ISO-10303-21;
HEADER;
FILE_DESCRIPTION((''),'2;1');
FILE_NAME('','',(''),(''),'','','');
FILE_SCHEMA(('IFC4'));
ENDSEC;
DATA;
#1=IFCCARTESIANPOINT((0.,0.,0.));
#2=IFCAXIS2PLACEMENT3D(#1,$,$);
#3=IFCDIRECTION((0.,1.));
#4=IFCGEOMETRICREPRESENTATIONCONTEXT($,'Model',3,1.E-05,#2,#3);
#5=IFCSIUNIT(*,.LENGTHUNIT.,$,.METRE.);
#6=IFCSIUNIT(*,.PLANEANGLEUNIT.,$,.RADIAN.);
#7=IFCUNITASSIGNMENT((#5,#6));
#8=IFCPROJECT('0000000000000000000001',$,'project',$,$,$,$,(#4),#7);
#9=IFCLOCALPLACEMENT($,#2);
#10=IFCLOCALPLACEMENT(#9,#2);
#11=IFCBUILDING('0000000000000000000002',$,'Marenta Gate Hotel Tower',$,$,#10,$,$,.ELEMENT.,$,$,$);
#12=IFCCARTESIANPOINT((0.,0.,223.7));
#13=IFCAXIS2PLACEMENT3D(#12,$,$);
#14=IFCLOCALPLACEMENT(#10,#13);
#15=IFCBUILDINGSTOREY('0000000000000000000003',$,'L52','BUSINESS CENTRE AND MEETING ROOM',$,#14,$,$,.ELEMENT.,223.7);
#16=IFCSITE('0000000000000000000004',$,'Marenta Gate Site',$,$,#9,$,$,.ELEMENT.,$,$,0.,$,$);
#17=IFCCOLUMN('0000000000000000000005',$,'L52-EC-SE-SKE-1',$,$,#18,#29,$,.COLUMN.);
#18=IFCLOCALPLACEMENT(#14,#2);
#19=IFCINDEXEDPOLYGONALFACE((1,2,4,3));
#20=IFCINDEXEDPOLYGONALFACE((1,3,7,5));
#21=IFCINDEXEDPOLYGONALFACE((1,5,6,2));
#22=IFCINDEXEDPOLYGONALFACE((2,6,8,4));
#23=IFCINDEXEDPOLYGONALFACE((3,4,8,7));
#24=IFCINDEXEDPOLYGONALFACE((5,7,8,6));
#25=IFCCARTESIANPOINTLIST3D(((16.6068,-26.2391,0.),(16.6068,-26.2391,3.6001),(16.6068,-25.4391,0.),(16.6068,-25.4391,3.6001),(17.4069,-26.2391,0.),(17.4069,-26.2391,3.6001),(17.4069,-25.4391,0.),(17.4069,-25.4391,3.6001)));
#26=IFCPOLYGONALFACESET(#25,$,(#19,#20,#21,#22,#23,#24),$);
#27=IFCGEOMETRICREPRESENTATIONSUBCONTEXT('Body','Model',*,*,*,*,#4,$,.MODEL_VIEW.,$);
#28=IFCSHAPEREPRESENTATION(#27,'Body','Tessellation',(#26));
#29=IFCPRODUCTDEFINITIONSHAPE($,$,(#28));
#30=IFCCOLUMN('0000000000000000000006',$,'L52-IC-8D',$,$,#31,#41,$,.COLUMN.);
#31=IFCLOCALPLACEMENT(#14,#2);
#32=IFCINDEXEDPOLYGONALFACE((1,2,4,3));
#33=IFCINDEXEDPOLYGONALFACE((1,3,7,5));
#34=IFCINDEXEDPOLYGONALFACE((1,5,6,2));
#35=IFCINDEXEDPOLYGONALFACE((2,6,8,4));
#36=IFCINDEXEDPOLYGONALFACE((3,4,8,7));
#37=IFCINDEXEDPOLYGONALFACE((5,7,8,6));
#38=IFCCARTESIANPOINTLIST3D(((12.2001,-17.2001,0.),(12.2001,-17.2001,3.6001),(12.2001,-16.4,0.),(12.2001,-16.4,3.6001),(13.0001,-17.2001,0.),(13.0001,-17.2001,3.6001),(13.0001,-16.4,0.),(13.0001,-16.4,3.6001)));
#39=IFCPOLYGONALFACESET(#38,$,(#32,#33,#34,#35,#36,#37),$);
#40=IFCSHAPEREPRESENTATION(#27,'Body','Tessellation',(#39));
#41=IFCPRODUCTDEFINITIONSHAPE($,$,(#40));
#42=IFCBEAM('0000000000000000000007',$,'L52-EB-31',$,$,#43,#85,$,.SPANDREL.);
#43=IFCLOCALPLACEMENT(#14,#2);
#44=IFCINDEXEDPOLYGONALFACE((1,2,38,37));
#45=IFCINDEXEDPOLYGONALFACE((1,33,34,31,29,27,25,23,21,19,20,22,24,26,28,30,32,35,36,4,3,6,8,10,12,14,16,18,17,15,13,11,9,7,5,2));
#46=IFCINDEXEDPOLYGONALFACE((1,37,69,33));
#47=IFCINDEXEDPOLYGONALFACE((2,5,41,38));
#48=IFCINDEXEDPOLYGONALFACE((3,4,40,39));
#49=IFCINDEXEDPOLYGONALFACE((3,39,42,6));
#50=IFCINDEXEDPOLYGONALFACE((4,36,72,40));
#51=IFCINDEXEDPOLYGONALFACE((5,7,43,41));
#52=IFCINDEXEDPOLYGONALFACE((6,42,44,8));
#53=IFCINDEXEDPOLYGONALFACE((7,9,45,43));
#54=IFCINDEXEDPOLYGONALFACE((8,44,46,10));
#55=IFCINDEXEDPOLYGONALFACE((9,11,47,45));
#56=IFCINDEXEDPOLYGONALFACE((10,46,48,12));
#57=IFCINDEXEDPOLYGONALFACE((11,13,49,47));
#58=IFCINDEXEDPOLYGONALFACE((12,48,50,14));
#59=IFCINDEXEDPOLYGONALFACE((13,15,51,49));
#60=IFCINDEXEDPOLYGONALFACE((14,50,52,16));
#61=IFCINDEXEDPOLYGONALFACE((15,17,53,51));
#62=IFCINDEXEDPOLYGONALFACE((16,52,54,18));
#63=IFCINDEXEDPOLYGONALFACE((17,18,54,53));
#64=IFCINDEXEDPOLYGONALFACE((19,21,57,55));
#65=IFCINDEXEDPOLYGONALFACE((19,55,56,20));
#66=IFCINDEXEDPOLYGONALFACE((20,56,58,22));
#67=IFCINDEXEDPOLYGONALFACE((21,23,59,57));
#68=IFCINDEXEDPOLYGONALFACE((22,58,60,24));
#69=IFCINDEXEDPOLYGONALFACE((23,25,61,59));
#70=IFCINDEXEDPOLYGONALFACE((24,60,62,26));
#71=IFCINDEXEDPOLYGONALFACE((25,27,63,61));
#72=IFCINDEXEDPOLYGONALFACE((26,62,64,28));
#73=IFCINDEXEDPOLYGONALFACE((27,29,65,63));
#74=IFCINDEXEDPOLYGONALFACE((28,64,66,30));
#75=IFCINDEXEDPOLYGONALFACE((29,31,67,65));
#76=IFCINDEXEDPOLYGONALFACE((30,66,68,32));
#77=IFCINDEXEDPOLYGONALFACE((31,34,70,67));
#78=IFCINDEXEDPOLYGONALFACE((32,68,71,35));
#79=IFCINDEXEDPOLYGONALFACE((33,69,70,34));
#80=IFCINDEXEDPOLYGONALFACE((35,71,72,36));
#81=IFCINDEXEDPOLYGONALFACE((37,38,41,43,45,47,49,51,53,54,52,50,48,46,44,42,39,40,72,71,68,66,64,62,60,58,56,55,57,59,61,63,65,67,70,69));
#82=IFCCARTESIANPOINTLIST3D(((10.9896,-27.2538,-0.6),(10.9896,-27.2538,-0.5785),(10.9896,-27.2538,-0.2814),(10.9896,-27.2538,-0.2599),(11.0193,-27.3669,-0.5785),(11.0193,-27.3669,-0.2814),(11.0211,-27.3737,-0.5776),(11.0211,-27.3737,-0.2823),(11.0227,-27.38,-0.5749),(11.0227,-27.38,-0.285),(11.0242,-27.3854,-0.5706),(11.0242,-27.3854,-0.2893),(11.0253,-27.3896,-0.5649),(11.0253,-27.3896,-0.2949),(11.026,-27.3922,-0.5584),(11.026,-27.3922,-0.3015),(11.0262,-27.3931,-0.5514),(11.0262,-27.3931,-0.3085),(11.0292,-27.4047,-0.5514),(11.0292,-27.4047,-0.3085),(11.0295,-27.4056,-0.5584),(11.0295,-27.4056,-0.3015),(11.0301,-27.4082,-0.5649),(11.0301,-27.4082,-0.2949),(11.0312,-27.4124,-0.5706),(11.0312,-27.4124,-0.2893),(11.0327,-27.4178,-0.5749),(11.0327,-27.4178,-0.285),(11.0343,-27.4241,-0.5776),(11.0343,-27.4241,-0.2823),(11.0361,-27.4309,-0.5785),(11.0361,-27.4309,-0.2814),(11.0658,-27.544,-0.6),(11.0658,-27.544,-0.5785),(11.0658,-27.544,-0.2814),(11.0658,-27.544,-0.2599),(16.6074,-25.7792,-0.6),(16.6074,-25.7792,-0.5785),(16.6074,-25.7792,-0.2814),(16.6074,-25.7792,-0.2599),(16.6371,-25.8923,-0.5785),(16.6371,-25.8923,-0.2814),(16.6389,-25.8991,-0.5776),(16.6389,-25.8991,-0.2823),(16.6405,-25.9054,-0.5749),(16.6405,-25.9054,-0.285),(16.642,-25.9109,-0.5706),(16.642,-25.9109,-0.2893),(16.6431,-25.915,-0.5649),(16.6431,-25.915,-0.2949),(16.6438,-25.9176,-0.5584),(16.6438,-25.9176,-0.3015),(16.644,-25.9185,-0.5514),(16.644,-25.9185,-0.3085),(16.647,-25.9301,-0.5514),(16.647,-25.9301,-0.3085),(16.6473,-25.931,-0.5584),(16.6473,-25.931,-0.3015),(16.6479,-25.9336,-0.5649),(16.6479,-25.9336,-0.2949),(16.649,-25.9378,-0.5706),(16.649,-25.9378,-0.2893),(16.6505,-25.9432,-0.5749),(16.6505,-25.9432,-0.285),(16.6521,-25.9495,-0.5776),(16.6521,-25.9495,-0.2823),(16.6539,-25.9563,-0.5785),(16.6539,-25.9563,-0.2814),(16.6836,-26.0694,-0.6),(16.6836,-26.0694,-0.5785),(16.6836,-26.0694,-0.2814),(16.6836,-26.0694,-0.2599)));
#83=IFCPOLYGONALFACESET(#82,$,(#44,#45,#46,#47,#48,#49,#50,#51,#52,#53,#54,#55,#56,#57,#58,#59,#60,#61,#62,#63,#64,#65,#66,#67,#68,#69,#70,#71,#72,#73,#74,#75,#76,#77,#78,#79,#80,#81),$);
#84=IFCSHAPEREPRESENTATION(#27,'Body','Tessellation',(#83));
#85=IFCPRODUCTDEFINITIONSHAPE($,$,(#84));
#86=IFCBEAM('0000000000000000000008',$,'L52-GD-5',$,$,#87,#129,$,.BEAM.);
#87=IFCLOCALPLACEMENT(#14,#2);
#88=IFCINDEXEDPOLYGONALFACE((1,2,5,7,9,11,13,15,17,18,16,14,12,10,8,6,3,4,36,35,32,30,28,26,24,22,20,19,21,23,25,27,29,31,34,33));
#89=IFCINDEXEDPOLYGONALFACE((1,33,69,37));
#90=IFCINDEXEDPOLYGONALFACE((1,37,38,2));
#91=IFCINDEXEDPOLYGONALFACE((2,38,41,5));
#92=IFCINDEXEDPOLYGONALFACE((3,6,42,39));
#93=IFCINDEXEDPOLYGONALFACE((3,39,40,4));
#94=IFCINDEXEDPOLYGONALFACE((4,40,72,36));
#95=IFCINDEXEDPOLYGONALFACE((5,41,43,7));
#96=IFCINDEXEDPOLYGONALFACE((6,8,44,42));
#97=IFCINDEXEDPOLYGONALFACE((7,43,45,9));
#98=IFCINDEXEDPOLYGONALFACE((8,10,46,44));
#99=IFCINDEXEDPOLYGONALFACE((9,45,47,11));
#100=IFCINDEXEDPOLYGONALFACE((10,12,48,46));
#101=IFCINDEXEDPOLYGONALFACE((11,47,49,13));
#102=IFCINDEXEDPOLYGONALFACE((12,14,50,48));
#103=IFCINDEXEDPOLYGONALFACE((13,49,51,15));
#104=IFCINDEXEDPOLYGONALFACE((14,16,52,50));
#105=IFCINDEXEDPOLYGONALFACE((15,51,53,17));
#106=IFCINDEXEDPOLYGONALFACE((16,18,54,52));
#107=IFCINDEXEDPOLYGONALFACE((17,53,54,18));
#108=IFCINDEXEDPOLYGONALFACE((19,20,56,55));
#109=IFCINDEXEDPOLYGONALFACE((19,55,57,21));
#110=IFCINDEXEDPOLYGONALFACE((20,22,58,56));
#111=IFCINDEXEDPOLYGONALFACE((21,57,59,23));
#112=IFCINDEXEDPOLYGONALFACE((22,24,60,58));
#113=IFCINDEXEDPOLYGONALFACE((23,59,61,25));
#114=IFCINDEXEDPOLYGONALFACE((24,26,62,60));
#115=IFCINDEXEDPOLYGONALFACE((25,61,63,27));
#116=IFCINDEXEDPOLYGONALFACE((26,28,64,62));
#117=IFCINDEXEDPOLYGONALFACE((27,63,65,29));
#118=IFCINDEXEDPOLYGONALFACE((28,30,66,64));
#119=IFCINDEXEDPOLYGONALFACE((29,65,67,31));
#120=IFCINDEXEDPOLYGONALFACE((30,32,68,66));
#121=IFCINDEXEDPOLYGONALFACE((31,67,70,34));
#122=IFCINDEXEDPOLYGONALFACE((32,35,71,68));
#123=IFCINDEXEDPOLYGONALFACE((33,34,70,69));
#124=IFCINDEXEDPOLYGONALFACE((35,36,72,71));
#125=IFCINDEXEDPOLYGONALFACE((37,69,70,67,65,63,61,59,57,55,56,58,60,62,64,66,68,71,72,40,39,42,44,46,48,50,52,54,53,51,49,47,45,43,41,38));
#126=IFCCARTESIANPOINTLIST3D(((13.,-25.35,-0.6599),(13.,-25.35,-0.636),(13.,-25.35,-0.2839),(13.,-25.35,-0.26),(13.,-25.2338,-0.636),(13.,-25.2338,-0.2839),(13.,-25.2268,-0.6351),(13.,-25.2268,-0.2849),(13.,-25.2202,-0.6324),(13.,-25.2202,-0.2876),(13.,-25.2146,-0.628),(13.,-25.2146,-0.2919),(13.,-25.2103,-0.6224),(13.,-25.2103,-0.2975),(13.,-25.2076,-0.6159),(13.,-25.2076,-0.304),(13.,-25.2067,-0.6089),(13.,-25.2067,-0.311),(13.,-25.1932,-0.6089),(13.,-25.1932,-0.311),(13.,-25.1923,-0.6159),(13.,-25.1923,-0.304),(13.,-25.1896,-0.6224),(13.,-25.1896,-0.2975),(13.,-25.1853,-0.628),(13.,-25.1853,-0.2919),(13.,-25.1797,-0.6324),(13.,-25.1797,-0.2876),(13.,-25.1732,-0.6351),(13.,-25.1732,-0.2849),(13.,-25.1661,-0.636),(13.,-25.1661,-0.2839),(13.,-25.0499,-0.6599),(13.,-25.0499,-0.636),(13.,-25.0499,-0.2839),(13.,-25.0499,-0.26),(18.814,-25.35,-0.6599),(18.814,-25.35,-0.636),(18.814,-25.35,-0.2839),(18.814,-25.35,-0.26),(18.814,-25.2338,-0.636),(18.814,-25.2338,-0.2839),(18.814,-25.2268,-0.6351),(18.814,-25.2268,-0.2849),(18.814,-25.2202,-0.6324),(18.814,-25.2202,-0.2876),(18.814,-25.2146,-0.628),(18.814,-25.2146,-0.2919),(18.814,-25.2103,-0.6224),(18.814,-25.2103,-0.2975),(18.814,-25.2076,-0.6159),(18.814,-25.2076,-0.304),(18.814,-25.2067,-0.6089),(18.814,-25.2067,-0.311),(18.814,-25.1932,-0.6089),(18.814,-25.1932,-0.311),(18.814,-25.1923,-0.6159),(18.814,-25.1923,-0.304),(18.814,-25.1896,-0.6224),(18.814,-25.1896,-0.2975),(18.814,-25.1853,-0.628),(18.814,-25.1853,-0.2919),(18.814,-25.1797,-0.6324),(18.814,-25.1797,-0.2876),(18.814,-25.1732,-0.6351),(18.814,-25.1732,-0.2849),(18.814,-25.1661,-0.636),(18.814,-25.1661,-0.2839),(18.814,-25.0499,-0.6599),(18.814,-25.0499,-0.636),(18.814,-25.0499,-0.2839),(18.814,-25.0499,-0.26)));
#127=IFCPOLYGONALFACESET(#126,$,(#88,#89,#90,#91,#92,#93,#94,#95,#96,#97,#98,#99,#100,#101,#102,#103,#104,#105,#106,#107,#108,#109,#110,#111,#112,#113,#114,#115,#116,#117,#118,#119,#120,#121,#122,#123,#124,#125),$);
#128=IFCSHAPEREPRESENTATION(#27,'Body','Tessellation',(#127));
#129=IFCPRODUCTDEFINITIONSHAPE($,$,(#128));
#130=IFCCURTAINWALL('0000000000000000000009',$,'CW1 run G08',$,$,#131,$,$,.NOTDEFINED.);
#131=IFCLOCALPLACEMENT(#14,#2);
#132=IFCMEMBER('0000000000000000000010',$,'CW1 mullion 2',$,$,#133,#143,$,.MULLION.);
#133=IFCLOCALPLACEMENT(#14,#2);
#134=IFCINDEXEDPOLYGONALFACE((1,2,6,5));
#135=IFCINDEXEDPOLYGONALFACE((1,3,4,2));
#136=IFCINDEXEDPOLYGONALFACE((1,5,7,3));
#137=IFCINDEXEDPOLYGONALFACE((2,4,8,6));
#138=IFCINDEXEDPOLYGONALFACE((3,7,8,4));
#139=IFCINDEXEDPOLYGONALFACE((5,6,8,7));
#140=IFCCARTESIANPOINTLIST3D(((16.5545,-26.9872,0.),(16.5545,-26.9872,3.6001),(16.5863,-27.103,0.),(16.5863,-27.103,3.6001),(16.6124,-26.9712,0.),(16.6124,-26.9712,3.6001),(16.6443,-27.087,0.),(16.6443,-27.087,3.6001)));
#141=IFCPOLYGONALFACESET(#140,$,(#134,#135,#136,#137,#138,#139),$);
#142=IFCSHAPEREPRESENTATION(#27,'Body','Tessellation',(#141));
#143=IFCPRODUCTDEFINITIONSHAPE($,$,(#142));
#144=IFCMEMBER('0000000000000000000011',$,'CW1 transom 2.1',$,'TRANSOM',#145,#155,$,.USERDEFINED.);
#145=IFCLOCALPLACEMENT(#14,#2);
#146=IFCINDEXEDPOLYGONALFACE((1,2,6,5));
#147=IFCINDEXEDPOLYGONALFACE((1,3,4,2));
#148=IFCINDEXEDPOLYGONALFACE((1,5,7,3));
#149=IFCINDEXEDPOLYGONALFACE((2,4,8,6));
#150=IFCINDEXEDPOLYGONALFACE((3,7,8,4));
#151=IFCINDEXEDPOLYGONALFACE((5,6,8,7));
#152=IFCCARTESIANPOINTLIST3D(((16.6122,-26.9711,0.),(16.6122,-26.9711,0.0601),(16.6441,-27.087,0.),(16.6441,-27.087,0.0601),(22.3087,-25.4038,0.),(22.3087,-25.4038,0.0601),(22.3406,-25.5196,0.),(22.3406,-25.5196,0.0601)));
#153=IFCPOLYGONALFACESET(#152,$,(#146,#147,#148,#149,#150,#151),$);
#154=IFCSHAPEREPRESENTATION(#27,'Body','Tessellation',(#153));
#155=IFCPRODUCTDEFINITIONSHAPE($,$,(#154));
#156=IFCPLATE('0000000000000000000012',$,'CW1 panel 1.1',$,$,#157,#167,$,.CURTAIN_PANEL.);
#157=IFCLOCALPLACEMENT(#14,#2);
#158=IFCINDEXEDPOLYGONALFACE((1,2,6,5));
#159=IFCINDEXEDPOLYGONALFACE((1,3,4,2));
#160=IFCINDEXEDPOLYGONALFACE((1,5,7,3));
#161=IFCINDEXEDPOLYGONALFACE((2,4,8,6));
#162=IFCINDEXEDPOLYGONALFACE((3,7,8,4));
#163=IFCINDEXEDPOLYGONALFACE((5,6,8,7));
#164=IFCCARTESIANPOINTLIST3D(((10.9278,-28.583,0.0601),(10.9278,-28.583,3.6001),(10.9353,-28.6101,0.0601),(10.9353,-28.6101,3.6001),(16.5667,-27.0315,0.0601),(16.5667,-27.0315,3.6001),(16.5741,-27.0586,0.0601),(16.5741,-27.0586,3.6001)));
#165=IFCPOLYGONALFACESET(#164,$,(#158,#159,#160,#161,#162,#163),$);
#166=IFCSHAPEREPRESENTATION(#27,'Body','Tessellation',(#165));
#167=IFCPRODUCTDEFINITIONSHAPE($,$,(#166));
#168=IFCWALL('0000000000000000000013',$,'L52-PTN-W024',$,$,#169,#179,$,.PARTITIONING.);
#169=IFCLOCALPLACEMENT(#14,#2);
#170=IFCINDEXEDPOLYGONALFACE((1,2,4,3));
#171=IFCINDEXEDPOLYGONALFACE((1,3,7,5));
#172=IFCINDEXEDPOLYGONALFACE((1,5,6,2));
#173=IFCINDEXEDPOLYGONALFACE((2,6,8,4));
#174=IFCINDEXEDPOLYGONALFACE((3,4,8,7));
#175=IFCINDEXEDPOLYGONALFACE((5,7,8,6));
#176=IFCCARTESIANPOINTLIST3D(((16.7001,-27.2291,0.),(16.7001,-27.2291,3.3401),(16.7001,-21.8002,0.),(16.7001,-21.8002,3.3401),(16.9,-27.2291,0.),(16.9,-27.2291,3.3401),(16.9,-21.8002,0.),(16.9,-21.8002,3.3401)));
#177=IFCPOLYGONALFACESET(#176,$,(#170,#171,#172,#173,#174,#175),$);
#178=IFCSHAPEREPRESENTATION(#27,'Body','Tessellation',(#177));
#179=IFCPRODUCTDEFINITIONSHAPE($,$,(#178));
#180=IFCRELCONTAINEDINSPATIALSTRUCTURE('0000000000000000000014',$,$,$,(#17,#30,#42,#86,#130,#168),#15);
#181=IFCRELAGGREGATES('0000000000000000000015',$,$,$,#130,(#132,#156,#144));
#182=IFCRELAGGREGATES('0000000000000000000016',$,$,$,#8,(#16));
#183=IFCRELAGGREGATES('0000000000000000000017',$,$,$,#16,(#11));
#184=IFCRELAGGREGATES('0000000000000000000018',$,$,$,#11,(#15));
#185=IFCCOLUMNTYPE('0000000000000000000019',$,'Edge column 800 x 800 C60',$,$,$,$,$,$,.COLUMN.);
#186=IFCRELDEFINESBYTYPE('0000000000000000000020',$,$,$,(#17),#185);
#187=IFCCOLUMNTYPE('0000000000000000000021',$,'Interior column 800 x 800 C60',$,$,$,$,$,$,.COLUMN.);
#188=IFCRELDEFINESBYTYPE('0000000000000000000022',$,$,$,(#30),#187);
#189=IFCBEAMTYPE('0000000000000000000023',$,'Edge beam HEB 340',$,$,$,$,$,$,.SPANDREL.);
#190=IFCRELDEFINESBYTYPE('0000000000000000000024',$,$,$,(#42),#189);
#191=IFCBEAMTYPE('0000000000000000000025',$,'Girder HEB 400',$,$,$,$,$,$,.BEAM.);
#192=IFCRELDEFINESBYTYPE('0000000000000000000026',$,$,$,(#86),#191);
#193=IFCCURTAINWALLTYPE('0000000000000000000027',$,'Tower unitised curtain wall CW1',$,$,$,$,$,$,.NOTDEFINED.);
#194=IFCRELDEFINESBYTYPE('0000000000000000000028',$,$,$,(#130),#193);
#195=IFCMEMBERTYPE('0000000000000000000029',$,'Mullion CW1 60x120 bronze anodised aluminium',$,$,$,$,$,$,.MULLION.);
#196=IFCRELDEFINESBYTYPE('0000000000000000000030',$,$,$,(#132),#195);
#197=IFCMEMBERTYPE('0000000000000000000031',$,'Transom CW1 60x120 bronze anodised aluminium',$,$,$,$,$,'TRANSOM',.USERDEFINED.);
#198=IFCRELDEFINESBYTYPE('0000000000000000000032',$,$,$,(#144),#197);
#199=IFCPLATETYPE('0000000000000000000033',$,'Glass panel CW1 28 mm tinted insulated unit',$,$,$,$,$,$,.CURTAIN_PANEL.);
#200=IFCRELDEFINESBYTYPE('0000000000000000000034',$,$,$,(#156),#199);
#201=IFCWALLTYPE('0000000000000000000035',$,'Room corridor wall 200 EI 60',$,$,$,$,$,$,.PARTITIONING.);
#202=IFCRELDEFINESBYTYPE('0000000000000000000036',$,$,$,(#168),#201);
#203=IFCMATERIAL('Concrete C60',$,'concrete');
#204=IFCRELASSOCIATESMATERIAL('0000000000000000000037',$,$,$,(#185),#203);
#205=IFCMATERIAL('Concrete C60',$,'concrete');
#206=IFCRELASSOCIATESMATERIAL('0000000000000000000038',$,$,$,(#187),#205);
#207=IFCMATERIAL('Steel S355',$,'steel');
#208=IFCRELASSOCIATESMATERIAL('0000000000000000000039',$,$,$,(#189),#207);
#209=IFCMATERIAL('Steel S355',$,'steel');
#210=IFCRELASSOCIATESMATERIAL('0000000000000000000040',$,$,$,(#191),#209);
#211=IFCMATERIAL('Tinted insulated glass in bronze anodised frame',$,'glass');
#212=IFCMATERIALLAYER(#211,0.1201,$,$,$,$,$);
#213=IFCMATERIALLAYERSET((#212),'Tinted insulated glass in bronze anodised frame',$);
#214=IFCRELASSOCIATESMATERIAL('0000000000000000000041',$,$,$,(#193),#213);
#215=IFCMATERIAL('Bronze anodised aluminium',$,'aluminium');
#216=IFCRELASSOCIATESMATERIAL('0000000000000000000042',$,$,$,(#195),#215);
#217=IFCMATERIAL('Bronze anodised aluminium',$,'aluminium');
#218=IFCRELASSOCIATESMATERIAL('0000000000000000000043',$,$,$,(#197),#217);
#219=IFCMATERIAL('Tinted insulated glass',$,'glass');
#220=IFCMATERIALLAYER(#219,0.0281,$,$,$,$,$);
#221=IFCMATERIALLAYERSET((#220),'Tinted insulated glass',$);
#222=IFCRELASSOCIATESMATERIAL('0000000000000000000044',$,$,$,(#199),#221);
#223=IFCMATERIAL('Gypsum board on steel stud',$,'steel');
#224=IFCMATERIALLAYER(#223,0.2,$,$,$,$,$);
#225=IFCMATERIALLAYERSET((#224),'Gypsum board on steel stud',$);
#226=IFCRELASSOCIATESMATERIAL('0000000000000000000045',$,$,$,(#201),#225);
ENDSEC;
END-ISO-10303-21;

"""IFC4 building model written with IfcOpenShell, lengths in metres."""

from ifc_helpers import new_model, si_unit, direction, frame, frame_2d, origin, origin_2d, place, context, subcontext, project, spatial, rectangle, i_section, extrude, material, layer, layer_set, material_profile, profile_set, type_object, element, aggregate, save


model = new_model("IFC4")

# Units and contexts
model_context = context("Model", 3, precision=1e-05, world=origin(), true_north=direction((0.0, 1.0)))
body_context = subcontext(model_context, "Body", "Model", "MODEL_VIEW")
ifc_project = project(units=[si_unit("LENGTHUNIT", "METRE"), si_unit("PLANEANGLEUNIT", "RADIAN")], contexts=[model_context])

# Site, building, storey
site_placement = place(None, origin())
site = spatial("IfcSite", under=ifc_project, at=site_placement, Name="Marenta Gate Site", CompositionType="ELEMENT", RefElevation=0.0)
building_placement = place(site_placement, origin())
building = spatial("IfcBuilding", under=site, at=building_placement, Name="Marenta Gate Hotel Tower", CompositionType="ELEMENT")
storey_placement = place(building_placement, frame((0.0, 0.0, 223.7)))
storey = spatial("IfcBuildingStorey", under=building, at=storey_placement, Name="L52", Description="BUSINESS CENTRE AND MEETING ROOM", CompositionType="ELEMENT", Elevation=223.7)

# Columns
ifc_material_1 = material(Name="Concrete C60", Category="concrete")
ifc_material_profile_1 = material_profile(ifc_material_1, rectangle(XDim=0.8, YDim=0.8, at=origin_2d()), Name="800 x 800")
ifc_profile_set_1 = profile_set([ifc_material_profile_1], Name="Concrete C60")
column_type_1 = type_object("IfcColumnType", Name="Edge column 800 x 800 C60", PredefinedType="COLUMN", material=ifc_profile_set_1)
column_1_placement = place(storey_placement, frame((17.0068, -25.8391, 0.0), z_axis=(0.0, 0.0, 1.0), x_axis=(1.0, 0.0, 0.0)))
element("IfcColumn", 1, at=column_1_placement, inside=storey, type_object=column_type_1, Name="L52-EC-SE-SKE-1", PredefinedType="COLUMN", context=body_context, shape_type="SweptSolid", body=[
    extrude(rectangle(XDim=0.8, YDim=0.8, at=origin_2d()), origin(), (0.0, 0.0, 1.0), 3.6001),
])
ifc_material_2 = material(Name="Concrete C60", Category="concrete")
ifc_material_profile_2 = material_profile(ifc_material_2, rectangle(XDim=0.8, YDim=0.8, at=origin_2d()), Name="800 x 800")
ifc_profile_set_2 = profile_set([ifc_material_profile_2], Name="Concrete C60")
column_type_2 = type_object("IfcColumnType", Name="Interior column 800 x 800 C60", PredefinedType="COLUMN", material=ifc_profile_set_2)
column_2_placement = place(storey_placement, frame((12.6001, -16.8, 0.0), z_axis=(0.0, 0.0, 1.0), x_axis=(1.0, 0.0, 0.0)))
element("IfcColumn", 2, at=column_2_placement, inside=storey, type_object=column_type_2, Name="L52-IC-8D", PredefinedType="COLUMN", context=body_context, shape_type="SweptSolid", body=[
    extrude(rectangle(XDim=0.8, YDim=0.8, at=origin_2d()), origin(), (0.0, 0.0, 1.0), 3.6001),
])

# Beams
ifc_material_3 = material(Name="Steel S355", Category="steel")
ifc_material_profile_3 = material_profile(ifc_material_3, i_section(OverallWidth=0.3, OverallDepth=0.3401, WebThickness=0.012, FlangeThickness=0.0215, FilletRadius=0.0271, at=origin_2d()), Name="HEB 340")
ifc_profile_set_3 = profile_set([ifc_material_profile_3], Name="Steel S355")
beam_type_1 = type_object("IfcBeamType", Name="Edge beam HEB 340", PredefinedType="SPANDREL", material=ifc_profile_set_3)
beam_1_placement = place(storey_placement, frame((16.6455, -25.9243, -0.4299), z_axis=(-0.967235, -0.253883, 0.0), x_axis=(0.253883, -0.967235, 0.0)))
element("IfcBeam", 3, at=beam_1_placement, inside=storey, type_object=beam_type_1, Name="L52-EB-31", PredefinedType="SPANDREL", context=body_context, shape_type="SweptSolid", body=[
    extrude(i_section(OverallWidth=0.3, OverallDepth=0.3401, WebThickness=0.012, FlangeThickness=0.0215, FilletRadius=0.0271, at=origin_2d()), origin(), (0.0, 0.0, 1.0), 5.8081),
])
ifc_material_4 = material(Name="Steel S355", Category="steel")
ifc_material_profile_4 = material_profile(ifc_material_4, i_section(OverallWidth=0.3, OverallDepth=0.3999, WebThickness=0.0134, FlangeThickness=0.0239, FilletRadius=0.0271, at=origin_2d()), Name="HEB 400")
ifc_profile_set_4 = profile_set([ifc_material_profile_4], Name="Steel S355")
beam_type_2 = type_object("IfcBeamType", Name="Girder HEB 400", PredefinedType="BEAM", material=ifc_profile_set_4)
beam_2_placement = place(storey_placement, frame((13.0, -25.2, -0.46), z_axis=(1.0, 0.0, 0.0), x_axis=(0.0, 1.0, 0.0)))
element("IfcBeam", 4, at=beam_2_placement, inside=storey, type_object=beam_type_2, Name="L52-GD-5", PredefinedType="BEAM", context=body_context, shape_type="SweptSolid", body=[
    extrude(i_section(OverallWidth=0.3, OverallDepth=0.3999, WebThickness=0.0134, FlangeThickness=0.0239, FilletRadius=0.0271, at=origin_2d()), origin(), (0.0, 0.0, 1.0), 5.814),
])

# Curtain wall, members, plate
ifc_material_5 = material(Name="Tinted insulated glass in bronze anodised frame", Category="glass")
ifc_layer_1 = layer(ifc_material_5, 0.1201)
ifc_layer_set_1 = layer_set([ifc_layer_1], Name="Tinted insulated glass in bronze anodised frame")
curtain_wall_type = type_object("IfcCurtainWallType", Name="Tower unitised curtain wall CW1", PredefinedType="NOTDEFINED", material=ifc_layer_set_1)
curtain_wall_placement = place(storey_placement, origin())
curtain_wall = element("IfcCurtainWall", 5, at=curtain_wall_placement, inside=storey, type_object=curtain_wall_type, Name="CW1 run G08", PredefinedType="NOTDEFINED")
ifc_material_6 = material(Name="Bronze anodised aluminium", Category="aluminium")
ifc_material_profile_5 = material_profile(ifc_material_6, rectangle(XDim=0.1201, YDim=0.0601, at=origin_2d()), Name="Mullion CW1 60x120 bronze anodised aluminium")
ifc_profile_set_5 = profile_set([ifc_material_profile_5], Name="Bronze anodised aluminium")
member_type_1 = type_object("IfcMemberType", Name="Mullion CW1 60x120 bronze anodised aluminium", PredefinedType="MULLION", material=ifc_profile_set_5)
member_1_placement = place(storey_placement, frame((16.5994, -27.0371, 0.0), z_axis=(0.0, 0.0, 1.0), x_axis=(-0.265293, 0.964168, 0.0)))
member_1 = element("IfcMember", 6, at=member_1_placement, type_object=member_type_1, Name="CW1 mullion 2", PredefinedType="MULLION", context=body_context, shape_type="SweptSolid", body=[
    extrude(rectangle(XDim=0.1201, YDim=0.0601, at=origin_2d()), origin(), (0.0, 0.0, 1.0), 3.6001),
])
ifc_material_7 = material(Name="Bronze anodised aluminium", Category="aluminium")
ifc_material_profile_6 = material_profile(ifc_material_7, rectangle(XDim=0.1201, YDim=0.0601, at=origin_2d()), Name="Transom CW1 60x120 bronze anodised aluminium")
ifc_profile_set_6 = profile_set([ifc_material_profile_6], Name="Bronze anodised aluminium")
member_type_2 = type_object("IfcMemberType", Name="Transom CW1 60x120 bronze anodised aluminium", ElementType="TRANSOM", PredefinedType="USERDEFINED", material=ifc_profile_set_6)
member_2_placement = place(storey_placement, frame((16.6282, -27.0291, 0.03), z_axis=(0.964169, 0.265288, 0.0), x_axis=(-0.265288, 0.964169, 0.0)))
member_2 = element("IfcMember", 7, at=member_2_placement, type_object=member_type_2, Name="CW1 transom 2.1", ObjectType="TRANSOM", PredefinedType="USERDEFINED", context=body_context, shape_type="SweptSolid", body=[
    extrude(rectangle(XDim=0.1201, YDim=0.0601, at=origin_2d()), origin(), (0.0, 0.0, 1.0), 5.9082),
])
ifc_material_8 = material(Name="Tinted insulated glass", Category="glass")
ifc_layer_2 = layer(ifc_material_8, 0.0281)
ifc_layer_set_2 = layer_set([ifc_layer_2], Name="Tinted insulated glass")
plate_type = type_object("IfcPlateType", Name="Glass panel CW1 28 mm tinted insulated unit", PredefinedType="CURTAIN_PANEL", material=ifc_layer_set_2)
plate_placement = place(storey_placement, frame((13.751, -27.8208, 0.0601), z_axis=(0.0, 0.0, 1.0), x_axis=(0.964168, 0.265293, 0.0)))
plate = element("IfcPlate", 8, at=plate_placement, type_object=plate_type, Name="CW1 panel 1.1", PredefinedType="CURTAIN_PANEL", context=body_context, shape_type="SweptSolid", body=[
    extrude(rectangle(XDim=5.8484, YDim=0.0281, at=origin_2d()), origin(), (0.0, 0.0, 1.0), 3.54),
])
aggregate(curtain_wall, [member_1, plate, member_2])

# Shared definitions
ifc_material_9 = material(Name="Gypsum board on steel stud", Category="steel")
ifc_layer_3 = layer(ifc_material_9, 0.2)
ifc_layer_set_3 = layer_set([ifc_layer_3], Name="Gypsum board on steel stud")
wall_type_1 = type_object("IfcWallType", Name="Room corridor wall 200 EI 60", PredefinedType="PARTITIONING", material=ifc_layer_set_3)

# Wall
wall_1_placement = place(storey_placement, frame((16.8, -27.229, 0.0), z_axis=(0.0, 0.0, 1.0), x_axis=(0.0, 1.0, 0.0)))
element("IfcWall", 9, at=wall_1_placement, inside=storey, type_object=wall_type_1, Name="L52-PTN-W024", PredefinedType="PARTITIONING", context=body_context, shape_type="SweptSolid", body=[
    extrude(rectangle(XDim=5.429, YDim=0.2, at=frame_2d((2.7144, 0.0))), origin(), (0.0, 0.0, 1.0), 3.3401),
])

save(model, "model.ifc")
